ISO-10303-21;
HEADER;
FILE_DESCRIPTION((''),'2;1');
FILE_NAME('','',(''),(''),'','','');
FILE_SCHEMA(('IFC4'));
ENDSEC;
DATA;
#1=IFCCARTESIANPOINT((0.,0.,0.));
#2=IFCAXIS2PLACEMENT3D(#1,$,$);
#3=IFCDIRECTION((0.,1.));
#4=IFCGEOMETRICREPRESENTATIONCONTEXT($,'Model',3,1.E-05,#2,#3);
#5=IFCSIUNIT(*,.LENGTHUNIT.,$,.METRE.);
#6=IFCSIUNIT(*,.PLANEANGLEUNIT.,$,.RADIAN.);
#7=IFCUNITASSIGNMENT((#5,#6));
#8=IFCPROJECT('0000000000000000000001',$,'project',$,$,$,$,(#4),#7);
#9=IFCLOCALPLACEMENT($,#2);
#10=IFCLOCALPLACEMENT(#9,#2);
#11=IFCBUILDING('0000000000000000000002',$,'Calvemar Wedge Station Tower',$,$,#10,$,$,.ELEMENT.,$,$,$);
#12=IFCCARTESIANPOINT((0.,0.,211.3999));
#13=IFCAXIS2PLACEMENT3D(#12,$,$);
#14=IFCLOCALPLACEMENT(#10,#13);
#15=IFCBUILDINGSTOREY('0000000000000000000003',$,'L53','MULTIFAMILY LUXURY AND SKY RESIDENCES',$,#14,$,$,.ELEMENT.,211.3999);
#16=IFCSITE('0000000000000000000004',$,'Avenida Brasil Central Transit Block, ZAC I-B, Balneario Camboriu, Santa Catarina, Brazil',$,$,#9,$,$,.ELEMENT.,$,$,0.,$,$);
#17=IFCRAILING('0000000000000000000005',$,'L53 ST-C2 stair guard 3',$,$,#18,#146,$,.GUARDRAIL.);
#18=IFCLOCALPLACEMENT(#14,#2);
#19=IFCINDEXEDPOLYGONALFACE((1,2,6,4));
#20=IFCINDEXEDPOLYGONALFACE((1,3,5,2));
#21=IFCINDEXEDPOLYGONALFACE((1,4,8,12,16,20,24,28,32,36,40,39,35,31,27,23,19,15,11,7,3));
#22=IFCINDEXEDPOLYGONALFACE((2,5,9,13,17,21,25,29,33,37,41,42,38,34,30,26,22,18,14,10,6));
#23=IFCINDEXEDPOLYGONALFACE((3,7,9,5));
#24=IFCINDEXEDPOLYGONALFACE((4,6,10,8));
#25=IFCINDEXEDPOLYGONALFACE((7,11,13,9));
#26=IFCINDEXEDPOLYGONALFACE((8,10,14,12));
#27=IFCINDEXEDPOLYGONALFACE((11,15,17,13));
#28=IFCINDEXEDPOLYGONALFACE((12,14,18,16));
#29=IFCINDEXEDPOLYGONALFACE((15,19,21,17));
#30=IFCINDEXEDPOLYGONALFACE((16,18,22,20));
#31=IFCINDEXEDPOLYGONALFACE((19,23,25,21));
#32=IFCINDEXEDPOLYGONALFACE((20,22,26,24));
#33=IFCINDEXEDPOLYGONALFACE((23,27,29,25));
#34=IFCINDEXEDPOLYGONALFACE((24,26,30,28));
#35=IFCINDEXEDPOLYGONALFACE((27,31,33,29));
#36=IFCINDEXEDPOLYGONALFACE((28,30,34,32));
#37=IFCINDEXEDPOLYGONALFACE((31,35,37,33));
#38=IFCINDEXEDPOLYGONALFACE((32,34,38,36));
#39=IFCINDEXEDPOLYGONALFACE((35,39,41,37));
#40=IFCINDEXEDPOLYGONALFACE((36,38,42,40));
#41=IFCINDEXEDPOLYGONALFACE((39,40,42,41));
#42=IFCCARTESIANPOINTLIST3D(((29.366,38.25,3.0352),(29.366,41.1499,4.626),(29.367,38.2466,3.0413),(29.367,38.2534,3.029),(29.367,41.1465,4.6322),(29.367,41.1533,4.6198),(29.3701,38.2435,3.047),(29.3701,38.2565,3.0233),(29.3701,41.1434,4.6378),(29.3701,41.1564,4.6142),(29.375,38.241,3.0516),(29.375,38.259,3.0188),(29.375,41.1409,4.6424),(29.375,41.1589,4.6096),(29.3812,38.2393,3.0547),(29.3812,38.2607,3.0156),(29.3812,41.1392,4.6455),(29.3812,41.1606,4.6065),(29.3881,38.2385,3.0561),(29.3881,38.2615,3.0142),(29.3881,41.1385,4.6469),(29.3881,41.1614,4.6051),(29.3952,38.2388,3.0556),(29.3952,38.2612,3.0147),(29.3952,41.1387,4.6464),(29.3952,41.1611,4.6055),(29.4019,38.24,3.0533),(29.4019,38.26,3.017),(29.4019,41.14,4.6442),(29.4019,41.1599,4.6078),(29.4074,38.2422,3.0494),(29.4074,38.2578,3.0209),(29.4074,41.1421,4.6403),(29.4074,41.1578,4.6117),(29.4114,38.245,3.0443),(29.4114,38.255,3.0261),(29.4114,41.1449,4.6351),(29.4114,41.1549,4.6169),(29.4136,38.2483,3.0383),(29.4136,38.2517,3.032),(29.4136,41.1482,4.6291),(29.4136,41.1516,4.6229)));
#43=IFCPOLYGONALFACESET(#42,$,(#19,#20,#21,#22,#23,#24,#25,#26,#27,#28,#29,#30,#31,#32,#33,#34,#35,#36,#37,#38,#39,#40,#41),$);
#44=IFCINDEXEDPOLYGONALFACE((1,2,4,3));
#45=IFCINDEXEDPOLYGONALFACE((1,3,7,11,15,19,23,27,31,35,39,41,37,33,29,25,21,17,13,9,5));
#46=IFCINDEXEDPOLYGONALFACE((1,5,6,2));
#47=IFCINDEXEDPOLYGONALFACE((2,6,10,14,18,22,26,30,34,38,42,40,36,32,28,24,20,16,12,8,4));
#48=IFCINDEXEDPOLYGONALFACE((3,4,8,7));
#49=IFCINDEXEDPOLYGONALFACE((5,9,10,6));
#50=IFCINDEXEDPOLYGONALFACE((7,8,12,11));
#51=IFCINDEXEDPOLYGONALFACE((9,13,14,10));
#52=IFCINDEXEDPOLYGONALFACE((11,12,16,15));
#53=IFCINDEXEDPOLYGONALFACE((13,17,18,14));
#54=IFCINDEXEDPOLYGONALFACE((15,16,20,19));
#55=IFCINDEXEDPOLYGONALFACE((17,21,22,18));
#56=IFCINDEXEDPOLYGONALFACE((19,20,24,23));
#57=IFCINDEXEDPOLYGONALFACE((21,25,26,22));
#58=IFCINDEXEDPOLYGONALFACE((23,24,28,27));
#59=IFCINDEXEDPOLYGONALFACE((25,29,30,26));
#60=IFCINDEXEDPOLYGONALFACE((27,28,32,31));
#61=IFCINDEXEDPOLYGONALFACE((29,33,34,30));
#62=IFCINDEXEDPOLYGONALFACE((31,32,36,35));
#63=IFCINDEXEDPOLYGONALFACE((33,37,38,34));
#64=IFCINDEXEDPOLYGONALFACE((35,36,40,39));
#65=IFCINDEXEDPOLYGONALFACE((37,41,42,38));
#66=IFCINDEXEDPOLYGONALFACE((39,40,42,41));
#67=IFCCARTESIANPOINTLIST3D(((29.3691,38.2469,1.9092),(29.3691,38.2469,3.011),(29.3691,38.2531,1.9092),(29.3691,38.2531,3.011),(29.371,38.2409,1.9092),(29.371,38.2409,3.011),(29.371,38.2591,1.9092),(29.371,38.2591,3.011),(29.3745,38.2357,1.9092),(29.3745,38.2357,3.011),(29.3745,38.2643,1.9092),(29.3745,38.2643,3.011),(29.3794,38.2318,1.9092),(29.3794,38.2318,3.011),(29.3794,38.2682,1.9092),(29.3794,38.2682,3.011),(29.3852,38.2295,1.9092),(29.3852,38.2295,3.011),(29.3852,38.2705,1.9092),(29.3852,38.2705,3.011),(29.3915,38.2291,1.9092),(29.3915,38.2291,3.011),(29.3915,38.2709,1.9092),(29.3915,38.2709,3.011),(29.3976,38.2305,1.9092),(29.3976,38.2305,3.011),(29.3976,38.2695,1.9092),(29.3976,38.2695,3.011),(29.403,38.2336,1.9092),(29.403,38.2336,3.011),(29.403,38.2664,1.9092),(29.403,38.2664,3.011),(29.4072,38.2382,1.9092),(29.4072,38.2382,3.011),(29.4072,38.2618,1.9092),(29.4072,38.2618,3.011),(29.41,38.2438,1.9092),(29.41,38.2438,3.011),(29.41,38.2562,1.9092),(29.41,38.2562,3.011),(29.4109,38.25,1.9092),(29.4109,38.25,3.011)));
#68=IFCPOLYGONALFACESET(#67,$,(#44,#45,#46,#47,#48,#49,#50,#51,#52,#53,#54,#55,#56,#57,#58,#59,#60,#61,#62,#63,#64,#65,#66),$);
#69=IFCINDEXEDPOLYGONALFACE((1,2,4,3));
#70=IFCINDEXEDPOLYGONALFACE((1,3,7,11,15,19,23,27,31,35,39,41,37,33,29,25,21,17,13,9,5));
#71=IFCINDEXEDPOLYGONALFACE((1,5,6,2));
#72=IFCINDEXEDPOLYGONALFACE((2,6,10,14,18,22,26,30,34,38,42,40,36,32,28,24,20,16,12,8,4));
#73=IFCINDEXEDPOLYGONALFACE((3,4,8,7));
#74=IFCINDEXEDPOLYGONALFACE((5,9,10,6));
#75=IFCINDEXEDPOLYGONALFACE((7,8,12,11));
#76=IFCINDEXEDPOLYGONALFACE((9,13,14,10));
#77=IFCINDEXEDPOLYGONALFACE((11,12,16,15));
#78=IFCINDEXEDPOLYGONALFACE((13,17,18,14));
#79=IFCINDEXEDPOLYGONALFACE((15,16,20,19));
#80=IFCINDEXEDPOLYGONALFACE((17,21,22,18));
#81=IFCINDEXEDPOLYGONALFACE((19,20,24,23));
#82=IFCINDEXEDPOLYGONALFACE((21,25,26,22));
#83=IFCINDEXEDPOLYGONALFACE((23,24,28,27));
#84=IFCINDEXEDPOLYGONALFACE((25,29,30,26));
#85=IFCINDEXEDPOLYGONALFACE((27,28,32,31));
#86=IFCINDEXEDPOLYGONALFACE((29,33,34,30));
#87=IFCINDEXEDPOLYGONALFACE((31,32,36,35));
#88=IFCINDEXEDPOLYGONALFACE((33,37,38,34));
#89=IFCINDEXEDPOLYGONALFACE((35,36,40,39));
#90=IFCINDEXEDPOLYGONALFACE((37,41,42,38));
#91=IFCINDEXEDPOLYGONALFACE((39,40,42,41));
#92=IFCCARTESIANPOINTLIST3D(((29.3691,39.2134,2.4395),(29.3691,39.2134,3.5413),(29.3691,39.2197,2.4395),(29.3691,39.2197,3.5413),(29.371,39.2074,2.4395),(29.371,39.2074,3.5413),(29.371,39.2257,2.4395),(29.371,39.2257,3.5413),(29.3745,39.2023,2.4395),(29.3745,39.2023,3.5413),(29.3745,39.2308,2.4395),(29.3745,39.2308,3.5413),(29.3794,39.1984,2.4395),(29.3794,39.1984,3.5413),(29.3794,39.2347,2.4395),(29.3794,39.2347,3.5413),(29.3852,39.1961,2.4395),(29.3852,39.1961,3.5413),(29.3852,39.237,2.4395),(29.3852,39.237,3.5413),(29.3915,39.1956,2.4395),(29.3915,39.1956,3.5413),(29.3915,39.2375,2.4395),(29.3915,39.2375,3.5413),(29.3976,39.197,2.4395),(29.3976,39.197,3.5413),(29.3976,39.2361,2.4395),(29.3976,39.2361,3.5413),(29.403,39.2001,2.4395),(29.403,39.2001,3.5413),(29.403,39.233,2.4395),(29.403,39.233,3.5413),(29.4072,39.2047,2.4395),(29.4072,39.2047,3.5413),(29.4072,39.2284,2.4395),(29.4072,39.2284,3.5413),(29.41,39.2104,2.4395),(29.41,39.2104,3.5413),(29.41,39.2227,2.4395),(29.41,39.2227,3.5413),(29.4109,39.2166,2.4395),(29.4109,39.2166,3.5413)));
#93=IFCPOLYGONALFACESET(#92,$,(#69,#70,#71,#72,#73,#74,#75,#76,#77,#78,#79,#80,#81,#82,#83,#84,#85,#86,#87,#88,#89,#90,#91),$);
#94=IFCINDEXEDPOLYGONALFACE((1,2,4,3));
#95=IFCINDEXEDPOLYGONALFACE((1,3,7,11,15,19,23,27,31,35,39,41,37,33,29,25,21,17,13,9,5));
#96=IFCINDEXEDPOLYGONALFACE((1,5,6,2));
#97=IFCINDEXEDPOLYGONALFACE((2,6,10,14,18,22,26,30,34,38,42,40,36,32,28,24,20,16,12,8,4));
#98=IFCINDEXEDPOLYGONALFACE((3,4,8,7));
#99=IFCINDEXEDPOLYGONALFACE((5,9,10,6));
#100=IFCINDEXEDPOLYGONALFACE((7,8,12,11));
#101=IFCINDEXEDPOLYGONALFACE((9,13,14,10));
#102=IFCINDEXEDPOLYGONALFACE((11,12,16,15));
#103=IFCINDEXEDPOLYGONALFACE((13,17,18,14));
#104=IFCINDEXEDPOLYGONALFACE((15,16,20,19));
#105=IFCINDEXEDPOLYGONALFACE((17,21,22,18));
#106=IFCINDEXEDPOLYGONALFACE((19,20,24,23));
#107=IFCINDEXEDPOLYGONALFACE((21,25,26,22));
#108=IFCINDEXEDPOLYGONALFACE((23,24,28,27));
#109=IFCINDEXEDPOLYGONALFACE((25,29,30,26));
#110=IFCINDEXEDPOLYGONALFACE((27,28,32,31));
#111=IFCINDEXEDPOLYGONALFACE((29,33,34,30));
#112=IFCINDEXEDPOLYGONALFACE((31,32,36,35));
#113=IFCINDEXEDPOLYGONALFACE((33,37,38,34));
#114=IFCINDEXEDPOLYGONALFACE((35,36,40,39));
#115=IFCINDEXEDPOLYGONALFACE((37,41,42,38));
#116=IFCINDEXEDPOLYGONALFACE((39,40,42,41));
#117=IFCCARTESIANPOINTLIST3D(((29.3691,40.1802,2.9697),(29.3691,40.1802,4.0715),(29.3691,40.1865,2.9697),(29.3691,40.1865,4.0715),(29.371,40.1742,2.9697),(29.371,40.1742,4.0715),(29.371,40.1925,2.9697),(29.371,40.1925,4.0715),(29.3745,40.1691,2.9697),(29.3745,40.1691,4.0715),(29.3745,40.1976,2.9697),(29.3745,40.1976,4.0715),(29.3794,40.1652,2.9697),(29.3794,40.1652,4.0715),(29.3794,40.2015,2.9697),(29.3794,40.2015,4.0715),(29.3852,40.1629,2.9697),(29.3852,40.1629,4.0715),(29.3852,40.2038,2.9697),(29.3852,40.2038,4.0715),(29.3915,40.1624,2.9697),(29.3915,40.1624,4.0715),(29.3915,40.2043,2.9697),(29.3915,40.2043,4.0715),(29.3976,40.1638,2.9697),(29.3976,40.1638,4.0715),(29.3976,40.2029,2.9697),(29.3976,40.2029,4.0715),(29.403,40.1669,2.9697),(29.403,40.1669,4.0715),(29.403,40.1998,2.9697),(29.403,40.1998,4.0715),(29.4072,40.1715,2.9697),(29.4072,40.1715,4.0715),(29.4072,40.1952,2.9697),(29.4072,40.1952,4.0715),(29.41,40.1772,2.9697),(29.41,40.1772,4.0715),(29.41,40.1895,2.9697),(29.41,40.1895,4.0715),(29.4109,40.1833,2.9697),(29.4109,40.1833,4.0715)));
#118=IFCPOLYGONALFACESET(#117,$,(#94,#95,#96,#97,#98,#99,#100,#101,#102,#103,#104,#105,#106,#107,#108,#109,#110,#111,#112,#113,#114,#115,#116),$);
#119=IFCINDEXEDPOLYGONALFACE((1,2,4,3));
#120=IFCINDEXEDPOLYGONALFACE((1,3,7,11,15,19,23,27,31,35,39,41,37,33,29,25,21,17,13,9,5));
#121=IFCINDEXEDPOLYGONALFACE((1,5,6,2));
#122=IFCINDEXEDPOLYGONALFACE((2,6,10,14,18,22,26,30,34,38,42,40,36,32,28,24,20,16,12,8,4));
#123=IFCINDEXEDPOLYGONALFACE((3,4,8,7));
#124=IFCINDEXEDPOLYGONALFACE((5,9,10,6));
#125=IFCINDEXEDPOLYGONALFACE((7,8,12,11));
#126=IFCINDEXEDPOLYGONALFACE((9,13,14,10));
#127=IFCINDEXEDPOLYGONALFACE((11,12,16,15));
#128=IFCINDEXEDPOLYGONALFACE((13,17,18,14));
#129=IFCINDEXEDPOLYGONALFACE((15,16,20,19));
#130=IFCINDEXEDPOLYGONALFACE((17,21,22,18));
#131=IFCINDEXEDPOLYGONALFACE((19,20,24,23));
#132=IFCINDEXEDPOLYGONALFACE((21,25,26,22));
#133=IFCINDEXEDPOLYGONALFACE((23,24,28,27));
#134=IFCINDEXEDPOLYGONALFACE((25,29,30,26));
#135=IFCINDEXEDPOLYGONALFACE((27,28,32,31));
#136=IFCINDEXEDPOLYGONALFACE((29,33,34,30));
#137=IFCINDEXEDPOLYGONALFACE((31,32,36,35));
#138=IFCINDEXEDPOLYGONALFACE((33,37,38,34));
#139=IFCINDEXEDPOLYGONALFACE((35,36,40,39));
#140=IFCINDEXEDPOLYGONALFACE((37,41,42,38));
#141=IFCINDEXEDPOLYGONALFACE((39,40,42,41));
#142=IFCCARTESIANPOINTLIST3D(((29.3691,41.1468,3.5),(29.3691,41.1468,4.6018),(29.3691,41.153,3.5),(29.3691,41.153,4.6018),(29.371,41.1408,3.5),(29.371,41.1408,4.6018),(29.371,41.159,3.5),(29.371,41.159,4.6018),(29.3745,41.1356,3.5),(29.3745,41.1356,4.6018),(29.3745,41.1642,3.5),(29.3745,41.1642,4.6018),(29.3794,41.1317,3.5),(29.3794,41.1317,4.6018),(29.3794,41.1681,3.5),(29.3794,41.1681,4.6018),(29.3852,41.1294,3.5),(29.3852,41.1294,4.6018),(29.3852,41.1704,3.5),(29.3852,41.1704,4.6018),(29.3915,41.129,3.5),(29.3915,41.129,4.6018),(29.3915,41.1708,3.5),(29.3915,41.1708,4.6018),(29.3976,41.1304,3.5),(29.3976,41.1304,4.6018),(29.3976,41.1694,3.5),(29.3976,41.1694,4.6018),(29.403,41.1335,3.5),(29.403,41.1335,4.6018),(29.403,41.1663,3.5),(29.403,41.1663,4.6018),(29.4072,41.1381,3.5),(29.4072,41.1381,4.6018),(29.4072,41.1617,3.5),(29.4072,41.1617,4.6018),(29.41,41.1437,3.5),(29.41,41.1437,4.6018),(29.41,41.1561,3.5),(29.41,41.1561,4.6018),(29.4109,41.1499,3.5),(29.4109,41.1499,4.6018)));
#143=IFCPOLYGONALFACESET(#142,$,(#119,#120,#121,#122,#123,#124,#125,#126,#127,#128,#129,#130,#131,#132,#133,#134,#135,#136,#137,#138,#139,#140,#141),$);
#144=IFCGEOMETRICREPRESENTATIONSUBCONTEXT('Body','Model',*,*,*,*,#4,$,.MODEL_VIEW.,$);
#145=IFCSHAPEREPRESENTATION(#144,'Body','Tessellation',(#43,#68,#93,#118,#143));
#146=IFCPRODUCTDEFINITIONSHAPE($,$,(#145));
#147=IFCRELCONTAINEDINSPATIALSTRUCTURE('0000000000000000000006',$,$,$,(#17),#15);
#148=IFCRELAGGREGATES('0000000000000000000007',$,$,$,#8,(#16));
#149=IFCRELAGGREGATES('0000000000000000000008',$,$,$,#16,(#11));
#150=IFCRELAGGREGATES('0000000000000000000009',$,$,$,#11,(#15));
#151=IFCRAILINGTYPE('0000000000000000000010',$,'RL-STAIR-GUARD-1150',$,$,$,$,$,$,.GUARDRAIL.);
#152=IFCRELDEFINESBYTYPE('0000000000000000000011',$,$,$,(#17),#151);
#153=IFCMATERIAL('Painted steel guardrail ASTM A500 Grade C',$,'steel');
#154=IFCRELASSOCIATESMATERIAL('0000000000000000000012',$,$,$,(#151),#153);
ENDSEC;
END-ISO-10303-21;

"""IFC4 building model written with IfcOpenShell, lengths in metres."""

from ifc_helpers import new_model, si_unit, direction, frame, origin, origin_2d, place, context, subcontext, project, spatial, circle, extrude, material, type_object, element, save


model = new_model("IFC4")

# Units and contexts
model_context = context("Model", 3, precision=1e-05, world=origin(), true_north=direction((0.0, 1.0)))
body_context = subcontext(model_context, "Body", "Model", "MODEL_VIEW")
ifc_project = project(units=[si_unit("LENGTHUNIT", "METRE"), si_unit("PLANEANGLEUNIT", "RADIAN")], contexts=[model_context])

# Site, building, storey
site_placement = place(None, origin())
site = spatial("IfcSite", under=ifc_project, at=site_placement, Name="Avenida Brasil Central Transit Block, ZAC I-B, Balneario Camboriu, Santa Catarina, Brazil", CompositionType="ELEMENT", RefElevation=0.0)
building_placement = place(site_placement, origin())
building = spatial("IfcBuilding", under=site, at=building_placement, Name="Calvemar Wedge Station Tower", CompositionType="ELEMENT")
storey_placement = place(building_placement, frame((0.0, 0.0, 211.3999)))
storey = spatial("IfcBuildingStorey", under=building, at=storey_placement, Name="L53", Description="MULTIFAMILY LUXURY AND SKY RESIDENCES", CompositionType="ELEMENT", Elevation=211.3999)

# Railing
ifc_material_1 = material(Name="Painted steel guardrail ASTM A500 Grade C", Category="steel")
railing_type_1 = type_object("IfcRailingType", Name="RL-STAIR-GUARD-1150", PredefinedType="GUARDRAIL", material=ifc_material_1)
railing_1_placement = place(storey_placement, frame((29.3899, 38.25, 1.9092)))
element("IfcRailing", 1, at=railing_1_placement, inside=storey, type_object=railing_type_1, Name="L53 ST-C2 stair guard 3", PredefinedType="GUARDRAIL", context=body_context, shape_type="SweptSolid", body=[
    extrude(circle(Radius=0.0239, at=origin_2d()), frame((0.0, 0.0, 1.126), z_axis=(0.0, 0.876742, 0.480961), x_axis=(-1.0, 0.0, 0.0)), (0.0, 0.0, 1.0), 3.3076),
    extrude(circle(Radius=0.021, at=origin_2d()), origin(), (0.0, 0.0, 1.0), 1.1018),
    extrude(circle(Radius=0.021, at=origin_2d()), frame((0.0, 0.9666, 0.5303)), (0.0, 0.0, 1.0), 1.1018),
    extrude(circle(Radius=0.021, at=origin_2d()), frame((0.0, 1.9333, 1.0605)), (0.0, 0.0, 1.0), 1.1018),
    extrude(circle(Radius=0.021, at=origin_2d()), frame((0.0, 2.8999, 1.5908)), (0.0, 0.0, 1.0), 1.1018),
])

save(model, "model.ifc")
